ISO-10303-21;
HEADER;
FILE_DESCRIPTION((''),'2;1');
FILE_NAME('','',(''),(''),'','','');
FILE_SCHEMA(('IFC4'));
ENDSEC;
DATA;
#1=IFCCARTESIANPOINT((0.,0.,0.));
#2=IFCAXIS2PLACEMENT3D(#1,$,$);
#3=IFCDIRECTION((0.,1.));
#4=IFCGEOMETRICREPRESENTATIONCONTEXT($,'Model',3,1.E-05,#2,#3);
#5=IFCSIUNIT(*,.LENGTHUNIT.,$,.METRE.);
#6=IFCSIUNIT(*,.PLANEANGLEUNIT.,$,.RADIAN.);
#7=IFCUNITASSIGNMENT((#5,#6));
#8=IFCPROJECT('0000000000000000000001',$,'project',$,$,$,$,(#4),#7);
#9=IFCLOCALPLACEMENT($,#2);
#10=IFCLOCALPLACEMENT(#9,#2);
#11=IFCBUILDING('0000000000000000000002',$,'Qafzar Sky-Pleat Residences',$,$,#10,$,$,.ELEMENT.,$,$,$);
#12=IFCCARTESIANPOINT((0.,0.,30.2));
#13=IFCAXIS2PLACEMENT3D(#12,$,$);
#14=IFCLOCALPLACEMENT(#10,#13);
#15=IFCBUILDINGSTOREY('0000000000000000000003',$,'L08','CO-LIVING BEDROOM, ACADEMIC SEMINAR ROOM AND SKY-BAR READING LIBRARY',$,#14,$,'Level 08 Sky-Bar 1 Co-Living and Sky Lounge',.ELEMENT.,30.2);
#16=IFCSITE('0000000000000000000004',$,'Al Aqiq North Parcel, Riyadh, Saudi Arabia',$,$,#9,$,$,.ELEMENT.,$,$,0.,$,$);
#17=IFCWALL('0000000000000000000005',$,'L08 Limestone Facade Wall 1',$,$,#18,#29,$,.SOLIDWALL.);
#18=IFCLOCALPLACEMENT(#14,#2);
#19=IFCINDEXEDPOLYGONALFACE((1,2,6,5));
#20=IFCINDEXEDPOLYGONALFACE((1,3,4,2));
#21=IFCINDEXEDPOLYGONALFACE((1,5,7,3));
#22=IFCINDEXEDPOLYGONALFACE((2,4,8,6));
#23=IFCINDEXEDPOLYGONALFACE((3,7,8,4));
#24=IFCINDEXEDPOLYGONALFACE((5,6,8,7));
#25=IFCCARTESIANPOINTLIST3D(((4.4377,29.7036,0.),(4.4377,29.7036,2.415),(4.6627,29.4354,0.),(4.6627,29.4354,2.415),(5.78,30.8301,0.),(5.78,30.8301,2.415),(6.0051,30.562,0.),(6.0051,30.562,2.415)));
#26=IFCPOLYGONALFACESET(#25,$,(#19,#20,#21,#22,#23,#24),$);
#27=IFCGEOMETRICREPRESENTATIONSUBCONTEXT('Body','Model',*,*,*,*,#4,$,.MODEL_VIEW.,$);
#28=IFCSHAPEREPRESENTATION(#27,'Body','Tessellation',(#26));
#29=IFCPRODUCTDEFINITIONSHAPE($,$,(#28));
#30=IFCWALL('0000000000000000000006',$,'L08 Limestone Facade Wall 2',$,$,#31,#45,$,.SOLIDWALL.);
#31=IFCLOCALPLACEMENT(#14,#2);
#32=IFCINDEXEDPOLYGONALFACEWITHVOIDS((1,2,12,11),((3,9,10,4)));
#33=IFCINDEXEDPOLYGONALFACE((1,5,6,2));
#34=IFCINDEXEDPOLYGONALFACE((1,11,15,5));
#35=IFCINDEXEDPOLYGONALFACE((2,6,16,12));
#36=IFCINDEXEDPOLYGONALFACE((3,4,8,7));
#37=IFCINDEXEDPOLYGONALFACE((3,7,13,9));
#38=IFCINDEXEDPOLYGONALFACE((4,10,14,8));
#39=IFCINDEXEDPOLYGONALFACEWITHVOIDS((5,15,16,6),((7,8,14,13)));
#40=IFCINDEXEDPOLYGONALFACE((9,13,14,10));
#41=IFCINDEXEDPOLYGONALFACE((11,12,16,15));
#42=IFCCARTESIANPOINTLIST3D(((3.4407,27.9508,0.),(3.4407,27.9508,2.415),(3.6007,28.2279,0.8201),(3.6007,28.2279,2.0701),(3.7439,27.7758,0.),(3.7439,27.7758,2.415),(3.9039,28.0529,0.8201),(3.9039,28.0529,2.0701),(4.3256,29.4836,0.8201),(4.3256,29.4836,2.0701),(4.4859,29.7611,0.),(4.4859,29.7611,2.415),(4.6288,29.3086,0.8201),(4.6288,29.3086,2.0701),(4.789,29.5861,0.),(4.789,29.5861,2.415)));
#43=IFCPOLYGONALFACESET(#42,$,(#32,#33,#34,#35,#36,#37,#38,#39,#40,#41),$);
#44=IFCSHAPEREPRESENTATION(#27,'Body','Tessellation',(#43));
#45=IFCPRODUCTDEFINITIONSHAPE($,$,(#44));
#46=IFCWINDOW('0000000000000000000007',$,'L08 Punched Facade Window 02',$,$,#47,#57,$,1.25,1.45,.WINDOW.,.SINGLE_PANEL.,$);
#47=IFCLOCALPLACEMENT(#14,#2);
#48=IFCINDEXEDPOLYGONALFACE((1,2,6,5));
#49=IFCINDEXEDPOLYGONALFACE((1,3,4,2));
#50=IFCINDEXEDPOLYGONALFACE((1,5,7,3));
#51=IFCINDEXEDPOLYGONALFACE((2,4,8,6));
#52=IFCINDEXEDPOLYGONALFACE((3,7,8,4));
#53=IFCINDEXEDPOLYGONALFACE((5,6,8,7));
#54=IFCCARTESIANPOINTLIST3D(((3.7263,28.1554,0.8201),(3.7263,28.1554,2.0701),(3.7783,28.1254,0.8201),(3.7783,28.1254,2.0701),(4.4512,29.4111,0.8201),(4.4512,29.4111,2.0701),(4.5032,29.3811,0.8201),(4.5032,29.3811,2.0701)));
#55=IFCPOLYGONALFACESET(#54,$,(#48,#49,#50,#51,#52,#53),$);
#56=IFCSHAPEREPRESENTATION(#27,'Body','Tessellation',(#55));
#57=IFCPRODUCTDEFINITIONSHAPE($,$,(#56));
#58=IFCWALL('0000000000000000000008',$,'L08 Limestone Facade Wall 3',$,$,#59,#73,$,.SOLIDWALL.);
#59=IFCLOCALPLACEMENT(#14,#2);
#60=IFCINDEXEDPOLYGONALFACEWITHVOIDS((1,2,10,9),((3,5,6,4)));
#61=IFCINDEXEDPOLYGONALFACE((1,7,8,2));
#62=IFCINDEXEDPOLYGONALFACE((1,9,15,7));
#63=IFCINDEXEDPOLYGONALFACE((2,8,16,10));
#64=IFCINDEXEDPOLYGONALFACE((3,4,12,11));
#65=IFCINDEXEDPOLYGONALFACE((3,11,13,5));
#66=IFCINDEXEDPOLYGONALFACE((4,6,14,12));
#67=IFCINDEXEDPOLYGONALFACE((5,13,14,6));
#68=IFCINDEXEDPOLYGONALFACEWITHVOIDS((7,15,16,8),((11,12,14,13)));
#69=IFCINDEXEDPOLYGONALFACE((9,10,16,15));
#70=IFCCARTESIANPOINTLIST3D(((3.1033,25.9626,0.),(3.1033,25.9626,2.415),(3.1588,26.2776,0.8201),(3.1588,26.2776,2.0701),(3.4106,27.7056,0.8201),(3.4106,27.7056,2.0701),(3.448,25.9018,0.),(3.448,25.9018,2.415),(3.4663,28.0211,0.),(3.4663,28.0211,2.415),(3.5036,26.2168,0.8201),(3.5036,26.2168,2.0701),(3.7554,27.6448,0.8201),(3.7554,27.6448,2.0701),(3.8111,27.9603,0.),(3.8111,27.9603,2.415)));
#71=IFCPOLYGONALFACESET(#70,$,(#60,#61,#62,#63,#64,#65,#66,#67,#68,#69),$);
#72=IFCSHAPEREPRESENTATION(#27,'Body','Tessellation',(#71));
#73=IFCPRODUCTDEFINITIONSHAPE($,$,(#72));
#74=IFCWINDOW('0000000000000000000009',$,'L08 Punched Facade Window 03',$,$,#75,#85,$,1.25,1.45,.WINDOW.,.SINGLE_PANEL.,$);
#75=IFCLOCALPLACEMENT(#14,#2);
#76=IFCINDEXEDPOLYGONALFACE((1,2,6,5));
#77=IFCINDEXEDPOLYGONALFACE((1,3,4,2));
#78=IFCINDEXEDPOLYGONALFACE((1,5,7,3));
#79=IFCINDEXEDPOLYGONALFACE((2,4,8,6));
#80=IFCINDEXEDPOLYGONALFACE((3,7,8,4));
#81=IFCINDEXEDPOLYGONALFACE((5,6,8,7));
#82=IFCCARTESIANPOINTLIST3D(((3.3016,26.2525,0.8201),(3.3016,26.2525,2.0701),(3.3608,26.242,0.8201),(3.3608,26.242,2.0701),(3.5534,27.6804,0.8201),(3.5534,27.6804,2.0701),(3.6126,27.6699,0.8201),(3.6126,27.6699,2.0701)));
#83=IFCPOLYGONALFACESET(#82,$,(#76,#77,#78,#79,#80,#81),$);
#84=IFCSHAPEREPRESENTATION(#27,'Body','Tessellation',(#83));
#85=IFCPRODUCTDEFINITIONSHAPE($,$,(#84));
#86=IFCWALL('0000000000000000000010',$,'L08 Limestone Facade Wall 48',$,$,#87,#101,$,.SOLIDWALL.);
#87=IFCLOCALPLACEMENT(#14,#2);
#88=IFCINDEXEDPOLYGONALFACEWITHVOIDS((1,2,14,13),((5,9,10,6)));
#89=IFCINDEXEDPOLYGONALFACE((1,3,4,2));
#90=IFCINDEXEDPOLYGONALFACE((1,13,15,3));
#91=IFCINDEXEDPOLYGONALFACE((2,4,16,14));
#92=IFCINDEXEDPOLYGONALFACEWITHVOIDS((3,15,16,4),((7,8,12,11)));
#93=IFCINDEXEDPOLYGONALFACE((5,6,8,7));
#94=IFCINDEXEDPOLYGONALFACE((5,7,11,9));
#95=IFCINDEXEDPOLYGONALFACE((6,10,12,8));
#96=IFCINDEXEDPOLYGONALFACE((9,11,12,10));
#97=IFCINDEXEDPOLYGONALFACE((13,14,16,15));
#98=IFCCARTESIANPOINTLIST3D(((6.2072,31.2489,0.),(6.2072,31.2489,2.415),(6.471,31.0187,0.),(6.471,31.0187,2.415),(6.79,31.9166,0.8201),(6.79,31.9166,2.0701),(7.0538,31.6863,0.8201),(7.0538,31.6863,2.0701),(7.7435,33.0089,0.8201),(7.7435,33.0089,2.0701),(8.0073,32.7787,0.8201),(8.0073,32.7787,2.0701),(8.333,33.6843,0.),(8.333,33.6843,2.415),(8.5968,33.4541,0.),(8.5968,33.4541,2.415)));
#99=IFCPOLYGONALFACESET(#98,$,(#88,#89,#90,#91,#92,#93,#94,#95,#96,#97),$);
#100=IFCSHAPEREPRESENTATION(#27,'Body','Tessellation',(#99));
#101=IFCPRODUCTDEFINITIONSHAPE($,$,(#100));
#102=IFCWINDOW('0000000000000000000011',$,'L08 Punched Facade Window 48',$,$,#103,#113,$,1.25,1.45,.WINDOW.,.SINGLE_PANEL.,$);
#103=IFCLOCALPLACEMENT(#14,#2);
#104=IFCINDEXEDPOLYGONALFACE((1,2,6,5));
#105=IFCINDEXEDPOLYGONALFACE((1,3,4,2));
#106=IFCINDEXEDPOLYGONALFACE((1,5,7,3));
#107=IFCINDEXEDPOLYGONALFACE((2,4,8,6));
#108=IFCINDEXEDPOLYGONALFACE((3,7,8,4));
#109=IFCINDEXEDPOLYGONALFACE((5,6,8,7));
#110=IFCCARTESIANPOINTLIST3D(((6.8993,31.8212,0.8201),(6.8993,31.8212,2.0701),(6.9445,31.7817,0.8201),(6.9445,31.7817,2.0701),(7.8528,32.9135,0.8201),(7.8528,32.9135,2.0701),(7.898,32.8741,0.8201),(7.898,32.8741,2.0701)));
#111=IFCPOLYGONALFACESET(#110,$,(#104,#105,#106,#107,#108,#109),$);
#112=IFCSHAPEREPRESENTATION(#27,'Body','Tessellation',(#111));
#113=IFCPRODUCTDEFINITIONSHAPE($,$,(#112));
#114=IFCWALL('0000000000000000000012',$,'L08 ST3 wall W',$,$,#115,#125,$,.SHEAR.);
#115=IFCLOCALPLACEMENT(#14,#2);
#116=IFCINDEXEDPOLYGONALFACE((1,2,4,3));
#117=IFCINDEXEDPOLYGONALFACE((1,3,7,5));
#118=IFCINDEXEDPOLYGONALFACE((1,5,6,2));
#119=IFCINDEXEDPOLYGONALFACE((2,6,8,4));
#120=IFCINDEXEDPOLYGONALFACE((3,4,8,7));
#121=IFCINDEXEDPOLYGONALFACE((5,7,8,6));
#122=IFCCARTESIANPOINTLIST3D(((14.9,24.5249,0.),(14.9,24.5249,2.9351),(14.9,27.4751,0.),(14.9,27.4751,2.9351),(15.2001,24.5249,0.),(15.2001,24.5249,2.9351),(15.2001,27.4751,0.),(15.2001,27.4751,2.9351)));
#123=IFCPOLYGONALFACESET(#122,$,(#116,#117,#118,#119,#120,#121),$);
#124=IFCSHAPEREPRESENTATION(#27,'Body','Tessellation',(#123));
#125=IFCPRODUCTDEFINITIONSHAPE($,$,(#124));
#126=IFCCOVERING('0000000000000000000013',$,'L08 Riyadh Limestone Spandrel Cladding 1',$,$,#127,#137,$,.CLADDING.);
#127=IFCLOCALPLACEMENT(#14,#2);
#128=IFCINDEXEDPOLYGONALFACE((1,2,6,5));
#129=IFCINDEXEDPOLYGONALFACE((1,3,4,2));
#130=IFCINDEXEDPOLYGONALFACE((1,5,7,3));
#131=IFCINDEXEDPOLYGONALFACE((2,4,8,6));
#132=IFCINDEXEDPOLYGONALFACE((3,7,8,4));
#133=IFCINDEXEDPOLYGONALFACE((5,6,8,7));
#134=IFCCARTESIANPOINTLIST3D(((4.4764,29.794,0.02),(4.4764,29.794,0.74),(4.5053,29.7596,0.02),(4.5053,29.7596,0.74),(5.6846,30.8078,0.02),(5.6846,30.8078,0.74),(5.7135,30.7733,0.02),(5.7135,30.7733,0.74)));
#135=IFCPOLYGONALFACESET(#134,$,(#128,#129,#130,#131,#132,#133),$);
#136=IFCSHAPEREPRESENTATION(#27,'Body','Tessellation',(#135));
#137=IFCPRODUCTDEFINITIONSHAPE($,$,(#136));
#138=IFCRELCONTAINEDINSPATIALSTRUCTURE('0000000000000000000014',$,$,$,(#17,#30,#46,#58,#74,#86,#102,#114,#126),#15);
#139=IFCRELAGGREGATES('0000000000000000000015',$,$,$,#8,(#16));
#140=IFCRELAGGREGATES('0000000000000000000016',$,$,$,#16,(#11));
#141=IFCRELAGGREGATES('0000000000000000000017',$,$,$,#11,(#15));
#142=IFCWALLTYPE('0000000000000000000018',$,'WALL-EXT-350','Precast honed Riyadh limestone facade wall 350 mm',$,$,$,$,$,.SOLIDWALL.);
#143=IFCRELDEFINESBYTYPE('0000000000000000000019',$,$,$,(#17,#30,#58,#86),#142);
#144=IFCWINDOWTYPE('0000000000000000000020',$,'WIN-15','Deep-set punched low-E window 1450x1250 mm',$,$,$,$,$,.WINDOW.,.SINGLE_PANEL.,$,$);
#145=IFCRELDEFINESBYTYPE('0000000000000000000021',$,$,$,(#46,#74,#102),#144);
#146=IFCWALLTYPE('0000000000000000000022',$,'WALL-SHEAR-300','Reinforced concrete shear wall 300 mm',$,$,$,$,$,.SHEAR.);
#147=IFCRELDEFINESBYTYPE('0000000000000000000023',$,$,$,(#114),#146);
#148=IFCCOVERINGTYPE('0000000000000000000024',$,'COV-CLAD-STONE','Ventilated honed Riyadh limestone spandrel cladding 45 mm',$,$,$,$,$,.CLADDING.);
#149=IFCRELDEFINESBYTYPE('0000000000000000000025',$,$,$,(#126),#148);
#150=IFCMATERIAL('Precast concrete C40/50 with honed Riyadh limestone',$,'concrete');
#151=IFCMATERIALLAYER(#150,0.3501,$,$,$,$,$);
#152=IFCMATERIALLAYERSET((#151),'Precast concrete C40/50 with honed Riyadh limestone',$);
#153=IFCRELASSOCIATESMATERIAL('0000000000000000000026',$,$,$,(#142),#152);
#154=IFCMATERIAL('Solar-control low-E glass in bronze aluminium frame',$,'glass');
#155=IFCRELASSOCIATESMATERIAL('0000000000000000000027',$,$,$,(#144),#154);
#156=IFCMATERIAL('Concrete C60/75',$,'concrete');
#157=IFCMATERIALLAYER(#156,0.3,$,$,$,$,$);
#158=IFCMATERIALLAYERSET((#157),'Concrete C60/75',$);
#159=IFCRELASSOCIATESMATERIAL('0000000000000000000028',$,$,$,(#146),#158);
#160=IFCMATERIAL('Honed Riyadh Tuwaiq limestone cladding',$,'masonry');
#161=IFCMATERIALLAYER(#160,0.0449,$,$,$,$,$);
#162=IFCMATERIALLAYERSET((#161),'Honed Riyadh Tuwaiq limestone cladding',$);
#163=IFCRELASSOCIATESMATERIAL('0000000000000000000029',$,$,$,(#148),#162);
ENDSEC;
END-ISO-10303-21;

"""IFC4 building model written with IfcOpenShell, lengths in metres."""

from ifc_helpers import new_model, si_unit, direction, frame, frame_2d, origin, origin_2d, place, context, subcontext, project, spatial, rectangle, extrude, source, transform, mapped, material, layer, layer_set, type_object, element, fill, save


model = new_model("IFC4")

# Units and contexts
model_context = context("Model", 3, precision=1e-05, world=origin(), true_north=direction((0.0, 1.0)))
body_context = subcontext(model_context, "Body", "Model", "MODEL_VIEW")
ifc_project = project(units=[si_unit("LENGTHUNIT", "METRE"), si_unit("PLANEANGLEUNIT", "RADIAN")], contexts=[model_context])

# Site, building, storey
site_placement = place(None, origin())
site = spatial("IfcSite", under=ifc_project, at=site_placement, Name="Al Aqiq North Parcel, Riyadh, Saudi Arabia", CompositionType="ELEMENT", RefElevation=0.0)
building_placement = place(site_placement, origin())
building = spatial("IfcBuilding", under=site, at=building_placement, Name="Qafzar Sky-Pleat Residences", CompositionType="ELEMENT")
storey_placement = place(building_placement, frame((0.0, 0.0, 30.2)))
storey = spatial("IfcBuildingStorey", under=building, at=storey_placement, Name="L08", Description="CO-LIVING BEDROOM, ACADEMIC SEMINAR ROOM AND SKY-BAR READING LIBRARY", LongName="Level 08 Sky-Bar 1 Co-Living and Sky Lounge", CompositionType="ELEMENT", Elevation=30.2)

# Shared definitions
ifc_material_1 = material(Name="Concrete C60/75", Category="concrete")

# Wall
ifc_material_2 = material(Name="Precast concrete C40/50 with honed Riyadh limestone", Category="concrete")
ifc_layer_1 = layer(ifc_material_2, 0.3501)
ifc_layer_set_1 = layer_set([ifc_layer_1], Name="Precast concrete C40/50 with honed Riyadh limestone")
wall_type_1 = type_object("IfcWallType", Name="WALL-EXT-350", Description="Precast honed Riyadh limestone facade wall 350 mm", PredefinedType="SOLIDWALL", material=ifc_layer_set_1)
wall_1_placement = place(storey_placement, frame((5.8926, 30.696, 0.0), z_axis=(0.0, 0.0, 1.0), x_axis=(-0.766001, -0.642839, 0.0)))
element("IfcWall", 1, at=wall_1_placement, inside=storey, type_object=wall_type_1, Name="L08 Limestone Facade Wall 1", PredefinedType="SOLIDWALL", context=body_context, shape_type="SweptSolid", body=[
    extrude(rectangle(XDim=1.7524, YDim=0.3501, at=frame_2d((0.8762, 0.0))), origin(), (0.0, 0.0, 1.0), 2.415),
])

# Walls, openings, windows
wall_2_placement = place(storey_placement, frame((4.6375, 29.6736, 0.0), z_axis=(0.0, 0.0, 1.0), x_axis=(-0.499995, -0.866028, 0.0)))
wall_2 = element("IfcWall", 2, at=wall_2_placement, inside=storey, type_object=wall_type_1, Name="L08 Limestone Facade Wall 2", PredefinedType="SOLIDWALL", context=body_context, shape_type="SweptSolid", body=[
    extrude(rectangle(XDim=2.0903, YDim=0.3501, at=frame_2d((1.0452, 0.0))), origin(), (0.0, 0.0, 1.0), 2.415),
])
opening_1_placement = place(wall_2_placement, frame((0.3203, 0.0, 0.8201)))
opening_1 = element("IfcOpeningElement", 3, at=opening_1_placement, cuts=wall_2, PredefinedType="OPENING", context=body_context, shape_type="SweptSolid", body=[
    extrude(rectangle(XDim=1.45, YDim=1.25, at=frame_2d((0.7251, 0.625))), frame((0.0, 0.1851, 0.0), z_axis=(0.0, -1.0, 0.0), x_axis=(1.0, 0.0, 0.0)), (0.0, 0.0, 1.0), 0.3701),
])
ifc_material_3 = material(Name="Solar-control low-E glass in bronze aluminium frame", Category="glass")
window_type = type_object("IfcWindowType", Name="WIN-15", Description="Deep-set punched low-E window 1450x1250 mm", PartitioningType="SINGLE_PANEL", PredefinedType="WINDOW", material=ifc_material_3)
shared_shape_1 = source(origin(), body_context, "Body", "SweptSolid", [
    extrude(rectangle(XDim=1.45, YDim=1.25, at=frame_2d((0.7251, 0.625))), frame((0.0, 0.03, 0.0), z_axis=(0.0, -1.0, 0.0), x_axis=(1.0, 0.0, 0.0)), (0.0, 0.0, 1.0), 0.0601),
])
window_1_placement = place(opening_1_placement, origin())
window_1 = element("IfcWindow", 4, at=window_1_placement, inside=storey, type_object=window_type, Name="L08 Punched Facade Window 02", OverallHeight=1.25, OverallWidth=1.45, PartitioningType="SINGLE_PANEL", PredefinedType="WINDOW", context=body_context, shape_type="MappedRepresentation", body=[
    mapped(shared_shape_1, transform((0.0, 0.0, 0.0), x_axis=(1.0, 0.0, 0.0), y_axis=(0.0, 1.0, 0.0), z_axis=(0.0, 0.0, 1.0), scale=1.0)),
])
fill(opening_1, window_1)
wall_3_placement = place(storey_placement, frame((3.6387, 27.9907, 0.0), z_axis=(0.0, 0.0, 1.0), x_axis=(-0.173672, -0.984804, 0.0)))
wall_3 = element("IfcWall", 5, at=wall_3_placement, inside=storey, type_object=wall_type_1, Name="L08 Limestone Facade Wall 3", PredefinedType="SOLIDWALL", context=body_context, shape_type="SweptSolid", body=[
    extrude(rectangle(XDim=2.0903, YDim=0.3501, at=frame_2d((1.0452, 0.0))), origin(), (0.0, 0.0, 1.0), 2.415),
])
opening_2_placement = place(wall_3_placement, frame((0.3203, 0.0, 0.8201)))
opening_2 = element("IfcOpeningElement", 6, at=opening_2_placement, cuts=wall_3, PredefinedType="OPENING", context=body_context, shape_type="SweptSolid", body=[
    extrude(rectangle(XDim=1.45, YDim=1.25, at=frame_2d((0.7251, 0.625))), frame((0.0, 0.1851, 0.0), z_axis=(0.0, -1.0, 0.0), x_axis=(1.0, 0.0, 0.0)), (0.0, 0.0, 1.0), 0.3701),
])
window_2_placement = place(opening_2_placement, origin())
window_2 = element("IfcWindow", 7, at=window_2_placement, inside=storey, type_object=window_type, Name="L08 Punched Facade Window 03", OverallHeight=1.25, OverallWidth=1.45, PartitioningType="SINGLE_PANEL", PredefinedType="WINDOW", context=body_context, shape_type="MappedRepresentation", body=[
    mapped(shared_shape_1, transform((0.0, 0.0, 0.0), x_axis=(1.0, 0.0, 0.0), y_axis=(0.0, 1.0, 0.0), z_axis=(0.0, 0.0, 1.0), scale=1.0)),
])
fill(opening_2, window_2)
wall_4_placement = place(storey_placement, frame((8.4648, 33.5691, 0.0), z_axis=(0.0, 0.0, 1.0), x_axis=(-0.657601, -0.753367, 0.0)))
wall_4 = element("IfcWall", 8, at=wall_4_placement, inside=storey, type_object=wall_type_1, Name="L08 Limestone Facade Wall 48", PredefinedType="SOLIDWALL", context=body_context, shape_type="SweptSolid", body=[
    extrude(rectangle(XDim=3.2327, YDim=0.3501, at=frame_2d((1.6162, 0.0))), origin(), (0.0, 0.0, 1.0), 2.415),
])
opening_3_placement = place(wall_4_placement, frame((0.8962, 0.0, 0.8201)))
opening_3 = element("IfcOpeningElement", 9, at=opening_3_placement, cuts=wall_4, PredefinedType="OPENING", context=body_context, shape_type="SweptSolid", body=[
    extrude(rectangle(XDim=1.45, YDim=1.25, at=frame_2d((0.7251, 0.625))), frame((0.0, 0.1851, 0.0), z_axis=(0.0, -1.0, 0.0), x_axis=(1.0, 0.0, 0.0)), (0.0, 0.0, 1.0), 0.3701),
])
window_3_placement = place(opening_3_placement, origin())
window_3 = element("IfcWindow", 10, at=window_3_placement, inside=storey, type_object=window_type, Name="L08 Punched Facade Window 48", OverallHeight=1.25, OverallWidth=1.45, PartitioningType="SINGLE_PANEL", PredefinedType="WINDOW", context=body_context, shape_type="MappedRepresentation", body=[
    mapped(shared_shape_1, transform((0.0, 0.0, 0.0), x_axis=(1.0, 0.0, 0.0), y_axis=(0.0, 1.0, 0.0), z_axis=(0.0, 0.0, 1.0), scale=1.0)),
])
fill(opening_3, window_3)

# Wall
ifc_layer_2 = layer(ifc_material_1, 0.3)
ifc_layer_set_2 = layer_set([ifc_layer_2], Name="Concrete C60/75")
wall_type_2 = type_object("IfcWallType", Name="WALL-SHEAR-300", Description="Reinforced concrete shear wall 300 mm", PredefinedType="SHEAR", material=ifc_layer_set_2)
wall_5_placement = place(storey_placement, frame((15.05, 27.4751, 0.0), z_axis=(0.0, 0.0, 1.0), x_axis=(0.0, -1.0, 0.0)))
element("IfcWall", 11, at=wall_5_placement, inside=storey, type_object=wall_type_2, Name="L08 ST3 wall W", PredefinedType="SHEAR", context=body_context, shape_type="SweptSolid", body=[
    extrude(rectangle(XDim=2.9502, YDim=0.3, at=frame_2d((1.4751, 0.0))), origin(), (0.0, 0.0, 1.0), 2.9351),
])

# Covering
ifc_material_4 = material(Name="Honed Riyadh Tuwaiq limestone cladding", Category="masonry")
ifc_layer_3 = layer(ifc_material_4, 0.0449)
ifc_layer_set_3 = layer_set([ifc_layer_3], Name="Honed Riyadh Tuwaiq limestone cladding")
covering_type = type_object("IfcCoveringType", Name="COV-CLAD-STONE", Description="Ventilated honed Riyadh limestone spandrel cladding 45 mm", PredefinedType="CLADDING", material=ifc_layer_set_3)
shared_shape_2 = source(origin(), body_context, "Body", "SweptSolid", [
    extrude(rectangle(XDim=1.5771, YDim=0.0449, at=origin_2d()), origin(), (0.0, 0.0, 1.0), 0.72),
])
covering_placement = place(storey_placement, frame((5.095, 30.2837, 0.02), z_axis=(0.0, 0.0, 1.0), x_axis=(-0.766075, -0.642752, 0.0)))
element("IfcCovering", 12, at=covering_placement, inside=storey, type_object=covering_type, Name="L08 Riyadh Limestone Spandrel Cladding 1", PredefinedType="CLADDING", context=body_context, shape_type="MappedRepresentation", body=[
    mapped(shared_shape_2, transform((0.0, 0.0, 0.0), x_axis=(1.0, 0.0, 0.0), y_axis=(0.0, 1.0, 0.0), z_axis=(0.0, 0.0, 1.0), scale=1.0)),
])

save(model, "model.ifc")
